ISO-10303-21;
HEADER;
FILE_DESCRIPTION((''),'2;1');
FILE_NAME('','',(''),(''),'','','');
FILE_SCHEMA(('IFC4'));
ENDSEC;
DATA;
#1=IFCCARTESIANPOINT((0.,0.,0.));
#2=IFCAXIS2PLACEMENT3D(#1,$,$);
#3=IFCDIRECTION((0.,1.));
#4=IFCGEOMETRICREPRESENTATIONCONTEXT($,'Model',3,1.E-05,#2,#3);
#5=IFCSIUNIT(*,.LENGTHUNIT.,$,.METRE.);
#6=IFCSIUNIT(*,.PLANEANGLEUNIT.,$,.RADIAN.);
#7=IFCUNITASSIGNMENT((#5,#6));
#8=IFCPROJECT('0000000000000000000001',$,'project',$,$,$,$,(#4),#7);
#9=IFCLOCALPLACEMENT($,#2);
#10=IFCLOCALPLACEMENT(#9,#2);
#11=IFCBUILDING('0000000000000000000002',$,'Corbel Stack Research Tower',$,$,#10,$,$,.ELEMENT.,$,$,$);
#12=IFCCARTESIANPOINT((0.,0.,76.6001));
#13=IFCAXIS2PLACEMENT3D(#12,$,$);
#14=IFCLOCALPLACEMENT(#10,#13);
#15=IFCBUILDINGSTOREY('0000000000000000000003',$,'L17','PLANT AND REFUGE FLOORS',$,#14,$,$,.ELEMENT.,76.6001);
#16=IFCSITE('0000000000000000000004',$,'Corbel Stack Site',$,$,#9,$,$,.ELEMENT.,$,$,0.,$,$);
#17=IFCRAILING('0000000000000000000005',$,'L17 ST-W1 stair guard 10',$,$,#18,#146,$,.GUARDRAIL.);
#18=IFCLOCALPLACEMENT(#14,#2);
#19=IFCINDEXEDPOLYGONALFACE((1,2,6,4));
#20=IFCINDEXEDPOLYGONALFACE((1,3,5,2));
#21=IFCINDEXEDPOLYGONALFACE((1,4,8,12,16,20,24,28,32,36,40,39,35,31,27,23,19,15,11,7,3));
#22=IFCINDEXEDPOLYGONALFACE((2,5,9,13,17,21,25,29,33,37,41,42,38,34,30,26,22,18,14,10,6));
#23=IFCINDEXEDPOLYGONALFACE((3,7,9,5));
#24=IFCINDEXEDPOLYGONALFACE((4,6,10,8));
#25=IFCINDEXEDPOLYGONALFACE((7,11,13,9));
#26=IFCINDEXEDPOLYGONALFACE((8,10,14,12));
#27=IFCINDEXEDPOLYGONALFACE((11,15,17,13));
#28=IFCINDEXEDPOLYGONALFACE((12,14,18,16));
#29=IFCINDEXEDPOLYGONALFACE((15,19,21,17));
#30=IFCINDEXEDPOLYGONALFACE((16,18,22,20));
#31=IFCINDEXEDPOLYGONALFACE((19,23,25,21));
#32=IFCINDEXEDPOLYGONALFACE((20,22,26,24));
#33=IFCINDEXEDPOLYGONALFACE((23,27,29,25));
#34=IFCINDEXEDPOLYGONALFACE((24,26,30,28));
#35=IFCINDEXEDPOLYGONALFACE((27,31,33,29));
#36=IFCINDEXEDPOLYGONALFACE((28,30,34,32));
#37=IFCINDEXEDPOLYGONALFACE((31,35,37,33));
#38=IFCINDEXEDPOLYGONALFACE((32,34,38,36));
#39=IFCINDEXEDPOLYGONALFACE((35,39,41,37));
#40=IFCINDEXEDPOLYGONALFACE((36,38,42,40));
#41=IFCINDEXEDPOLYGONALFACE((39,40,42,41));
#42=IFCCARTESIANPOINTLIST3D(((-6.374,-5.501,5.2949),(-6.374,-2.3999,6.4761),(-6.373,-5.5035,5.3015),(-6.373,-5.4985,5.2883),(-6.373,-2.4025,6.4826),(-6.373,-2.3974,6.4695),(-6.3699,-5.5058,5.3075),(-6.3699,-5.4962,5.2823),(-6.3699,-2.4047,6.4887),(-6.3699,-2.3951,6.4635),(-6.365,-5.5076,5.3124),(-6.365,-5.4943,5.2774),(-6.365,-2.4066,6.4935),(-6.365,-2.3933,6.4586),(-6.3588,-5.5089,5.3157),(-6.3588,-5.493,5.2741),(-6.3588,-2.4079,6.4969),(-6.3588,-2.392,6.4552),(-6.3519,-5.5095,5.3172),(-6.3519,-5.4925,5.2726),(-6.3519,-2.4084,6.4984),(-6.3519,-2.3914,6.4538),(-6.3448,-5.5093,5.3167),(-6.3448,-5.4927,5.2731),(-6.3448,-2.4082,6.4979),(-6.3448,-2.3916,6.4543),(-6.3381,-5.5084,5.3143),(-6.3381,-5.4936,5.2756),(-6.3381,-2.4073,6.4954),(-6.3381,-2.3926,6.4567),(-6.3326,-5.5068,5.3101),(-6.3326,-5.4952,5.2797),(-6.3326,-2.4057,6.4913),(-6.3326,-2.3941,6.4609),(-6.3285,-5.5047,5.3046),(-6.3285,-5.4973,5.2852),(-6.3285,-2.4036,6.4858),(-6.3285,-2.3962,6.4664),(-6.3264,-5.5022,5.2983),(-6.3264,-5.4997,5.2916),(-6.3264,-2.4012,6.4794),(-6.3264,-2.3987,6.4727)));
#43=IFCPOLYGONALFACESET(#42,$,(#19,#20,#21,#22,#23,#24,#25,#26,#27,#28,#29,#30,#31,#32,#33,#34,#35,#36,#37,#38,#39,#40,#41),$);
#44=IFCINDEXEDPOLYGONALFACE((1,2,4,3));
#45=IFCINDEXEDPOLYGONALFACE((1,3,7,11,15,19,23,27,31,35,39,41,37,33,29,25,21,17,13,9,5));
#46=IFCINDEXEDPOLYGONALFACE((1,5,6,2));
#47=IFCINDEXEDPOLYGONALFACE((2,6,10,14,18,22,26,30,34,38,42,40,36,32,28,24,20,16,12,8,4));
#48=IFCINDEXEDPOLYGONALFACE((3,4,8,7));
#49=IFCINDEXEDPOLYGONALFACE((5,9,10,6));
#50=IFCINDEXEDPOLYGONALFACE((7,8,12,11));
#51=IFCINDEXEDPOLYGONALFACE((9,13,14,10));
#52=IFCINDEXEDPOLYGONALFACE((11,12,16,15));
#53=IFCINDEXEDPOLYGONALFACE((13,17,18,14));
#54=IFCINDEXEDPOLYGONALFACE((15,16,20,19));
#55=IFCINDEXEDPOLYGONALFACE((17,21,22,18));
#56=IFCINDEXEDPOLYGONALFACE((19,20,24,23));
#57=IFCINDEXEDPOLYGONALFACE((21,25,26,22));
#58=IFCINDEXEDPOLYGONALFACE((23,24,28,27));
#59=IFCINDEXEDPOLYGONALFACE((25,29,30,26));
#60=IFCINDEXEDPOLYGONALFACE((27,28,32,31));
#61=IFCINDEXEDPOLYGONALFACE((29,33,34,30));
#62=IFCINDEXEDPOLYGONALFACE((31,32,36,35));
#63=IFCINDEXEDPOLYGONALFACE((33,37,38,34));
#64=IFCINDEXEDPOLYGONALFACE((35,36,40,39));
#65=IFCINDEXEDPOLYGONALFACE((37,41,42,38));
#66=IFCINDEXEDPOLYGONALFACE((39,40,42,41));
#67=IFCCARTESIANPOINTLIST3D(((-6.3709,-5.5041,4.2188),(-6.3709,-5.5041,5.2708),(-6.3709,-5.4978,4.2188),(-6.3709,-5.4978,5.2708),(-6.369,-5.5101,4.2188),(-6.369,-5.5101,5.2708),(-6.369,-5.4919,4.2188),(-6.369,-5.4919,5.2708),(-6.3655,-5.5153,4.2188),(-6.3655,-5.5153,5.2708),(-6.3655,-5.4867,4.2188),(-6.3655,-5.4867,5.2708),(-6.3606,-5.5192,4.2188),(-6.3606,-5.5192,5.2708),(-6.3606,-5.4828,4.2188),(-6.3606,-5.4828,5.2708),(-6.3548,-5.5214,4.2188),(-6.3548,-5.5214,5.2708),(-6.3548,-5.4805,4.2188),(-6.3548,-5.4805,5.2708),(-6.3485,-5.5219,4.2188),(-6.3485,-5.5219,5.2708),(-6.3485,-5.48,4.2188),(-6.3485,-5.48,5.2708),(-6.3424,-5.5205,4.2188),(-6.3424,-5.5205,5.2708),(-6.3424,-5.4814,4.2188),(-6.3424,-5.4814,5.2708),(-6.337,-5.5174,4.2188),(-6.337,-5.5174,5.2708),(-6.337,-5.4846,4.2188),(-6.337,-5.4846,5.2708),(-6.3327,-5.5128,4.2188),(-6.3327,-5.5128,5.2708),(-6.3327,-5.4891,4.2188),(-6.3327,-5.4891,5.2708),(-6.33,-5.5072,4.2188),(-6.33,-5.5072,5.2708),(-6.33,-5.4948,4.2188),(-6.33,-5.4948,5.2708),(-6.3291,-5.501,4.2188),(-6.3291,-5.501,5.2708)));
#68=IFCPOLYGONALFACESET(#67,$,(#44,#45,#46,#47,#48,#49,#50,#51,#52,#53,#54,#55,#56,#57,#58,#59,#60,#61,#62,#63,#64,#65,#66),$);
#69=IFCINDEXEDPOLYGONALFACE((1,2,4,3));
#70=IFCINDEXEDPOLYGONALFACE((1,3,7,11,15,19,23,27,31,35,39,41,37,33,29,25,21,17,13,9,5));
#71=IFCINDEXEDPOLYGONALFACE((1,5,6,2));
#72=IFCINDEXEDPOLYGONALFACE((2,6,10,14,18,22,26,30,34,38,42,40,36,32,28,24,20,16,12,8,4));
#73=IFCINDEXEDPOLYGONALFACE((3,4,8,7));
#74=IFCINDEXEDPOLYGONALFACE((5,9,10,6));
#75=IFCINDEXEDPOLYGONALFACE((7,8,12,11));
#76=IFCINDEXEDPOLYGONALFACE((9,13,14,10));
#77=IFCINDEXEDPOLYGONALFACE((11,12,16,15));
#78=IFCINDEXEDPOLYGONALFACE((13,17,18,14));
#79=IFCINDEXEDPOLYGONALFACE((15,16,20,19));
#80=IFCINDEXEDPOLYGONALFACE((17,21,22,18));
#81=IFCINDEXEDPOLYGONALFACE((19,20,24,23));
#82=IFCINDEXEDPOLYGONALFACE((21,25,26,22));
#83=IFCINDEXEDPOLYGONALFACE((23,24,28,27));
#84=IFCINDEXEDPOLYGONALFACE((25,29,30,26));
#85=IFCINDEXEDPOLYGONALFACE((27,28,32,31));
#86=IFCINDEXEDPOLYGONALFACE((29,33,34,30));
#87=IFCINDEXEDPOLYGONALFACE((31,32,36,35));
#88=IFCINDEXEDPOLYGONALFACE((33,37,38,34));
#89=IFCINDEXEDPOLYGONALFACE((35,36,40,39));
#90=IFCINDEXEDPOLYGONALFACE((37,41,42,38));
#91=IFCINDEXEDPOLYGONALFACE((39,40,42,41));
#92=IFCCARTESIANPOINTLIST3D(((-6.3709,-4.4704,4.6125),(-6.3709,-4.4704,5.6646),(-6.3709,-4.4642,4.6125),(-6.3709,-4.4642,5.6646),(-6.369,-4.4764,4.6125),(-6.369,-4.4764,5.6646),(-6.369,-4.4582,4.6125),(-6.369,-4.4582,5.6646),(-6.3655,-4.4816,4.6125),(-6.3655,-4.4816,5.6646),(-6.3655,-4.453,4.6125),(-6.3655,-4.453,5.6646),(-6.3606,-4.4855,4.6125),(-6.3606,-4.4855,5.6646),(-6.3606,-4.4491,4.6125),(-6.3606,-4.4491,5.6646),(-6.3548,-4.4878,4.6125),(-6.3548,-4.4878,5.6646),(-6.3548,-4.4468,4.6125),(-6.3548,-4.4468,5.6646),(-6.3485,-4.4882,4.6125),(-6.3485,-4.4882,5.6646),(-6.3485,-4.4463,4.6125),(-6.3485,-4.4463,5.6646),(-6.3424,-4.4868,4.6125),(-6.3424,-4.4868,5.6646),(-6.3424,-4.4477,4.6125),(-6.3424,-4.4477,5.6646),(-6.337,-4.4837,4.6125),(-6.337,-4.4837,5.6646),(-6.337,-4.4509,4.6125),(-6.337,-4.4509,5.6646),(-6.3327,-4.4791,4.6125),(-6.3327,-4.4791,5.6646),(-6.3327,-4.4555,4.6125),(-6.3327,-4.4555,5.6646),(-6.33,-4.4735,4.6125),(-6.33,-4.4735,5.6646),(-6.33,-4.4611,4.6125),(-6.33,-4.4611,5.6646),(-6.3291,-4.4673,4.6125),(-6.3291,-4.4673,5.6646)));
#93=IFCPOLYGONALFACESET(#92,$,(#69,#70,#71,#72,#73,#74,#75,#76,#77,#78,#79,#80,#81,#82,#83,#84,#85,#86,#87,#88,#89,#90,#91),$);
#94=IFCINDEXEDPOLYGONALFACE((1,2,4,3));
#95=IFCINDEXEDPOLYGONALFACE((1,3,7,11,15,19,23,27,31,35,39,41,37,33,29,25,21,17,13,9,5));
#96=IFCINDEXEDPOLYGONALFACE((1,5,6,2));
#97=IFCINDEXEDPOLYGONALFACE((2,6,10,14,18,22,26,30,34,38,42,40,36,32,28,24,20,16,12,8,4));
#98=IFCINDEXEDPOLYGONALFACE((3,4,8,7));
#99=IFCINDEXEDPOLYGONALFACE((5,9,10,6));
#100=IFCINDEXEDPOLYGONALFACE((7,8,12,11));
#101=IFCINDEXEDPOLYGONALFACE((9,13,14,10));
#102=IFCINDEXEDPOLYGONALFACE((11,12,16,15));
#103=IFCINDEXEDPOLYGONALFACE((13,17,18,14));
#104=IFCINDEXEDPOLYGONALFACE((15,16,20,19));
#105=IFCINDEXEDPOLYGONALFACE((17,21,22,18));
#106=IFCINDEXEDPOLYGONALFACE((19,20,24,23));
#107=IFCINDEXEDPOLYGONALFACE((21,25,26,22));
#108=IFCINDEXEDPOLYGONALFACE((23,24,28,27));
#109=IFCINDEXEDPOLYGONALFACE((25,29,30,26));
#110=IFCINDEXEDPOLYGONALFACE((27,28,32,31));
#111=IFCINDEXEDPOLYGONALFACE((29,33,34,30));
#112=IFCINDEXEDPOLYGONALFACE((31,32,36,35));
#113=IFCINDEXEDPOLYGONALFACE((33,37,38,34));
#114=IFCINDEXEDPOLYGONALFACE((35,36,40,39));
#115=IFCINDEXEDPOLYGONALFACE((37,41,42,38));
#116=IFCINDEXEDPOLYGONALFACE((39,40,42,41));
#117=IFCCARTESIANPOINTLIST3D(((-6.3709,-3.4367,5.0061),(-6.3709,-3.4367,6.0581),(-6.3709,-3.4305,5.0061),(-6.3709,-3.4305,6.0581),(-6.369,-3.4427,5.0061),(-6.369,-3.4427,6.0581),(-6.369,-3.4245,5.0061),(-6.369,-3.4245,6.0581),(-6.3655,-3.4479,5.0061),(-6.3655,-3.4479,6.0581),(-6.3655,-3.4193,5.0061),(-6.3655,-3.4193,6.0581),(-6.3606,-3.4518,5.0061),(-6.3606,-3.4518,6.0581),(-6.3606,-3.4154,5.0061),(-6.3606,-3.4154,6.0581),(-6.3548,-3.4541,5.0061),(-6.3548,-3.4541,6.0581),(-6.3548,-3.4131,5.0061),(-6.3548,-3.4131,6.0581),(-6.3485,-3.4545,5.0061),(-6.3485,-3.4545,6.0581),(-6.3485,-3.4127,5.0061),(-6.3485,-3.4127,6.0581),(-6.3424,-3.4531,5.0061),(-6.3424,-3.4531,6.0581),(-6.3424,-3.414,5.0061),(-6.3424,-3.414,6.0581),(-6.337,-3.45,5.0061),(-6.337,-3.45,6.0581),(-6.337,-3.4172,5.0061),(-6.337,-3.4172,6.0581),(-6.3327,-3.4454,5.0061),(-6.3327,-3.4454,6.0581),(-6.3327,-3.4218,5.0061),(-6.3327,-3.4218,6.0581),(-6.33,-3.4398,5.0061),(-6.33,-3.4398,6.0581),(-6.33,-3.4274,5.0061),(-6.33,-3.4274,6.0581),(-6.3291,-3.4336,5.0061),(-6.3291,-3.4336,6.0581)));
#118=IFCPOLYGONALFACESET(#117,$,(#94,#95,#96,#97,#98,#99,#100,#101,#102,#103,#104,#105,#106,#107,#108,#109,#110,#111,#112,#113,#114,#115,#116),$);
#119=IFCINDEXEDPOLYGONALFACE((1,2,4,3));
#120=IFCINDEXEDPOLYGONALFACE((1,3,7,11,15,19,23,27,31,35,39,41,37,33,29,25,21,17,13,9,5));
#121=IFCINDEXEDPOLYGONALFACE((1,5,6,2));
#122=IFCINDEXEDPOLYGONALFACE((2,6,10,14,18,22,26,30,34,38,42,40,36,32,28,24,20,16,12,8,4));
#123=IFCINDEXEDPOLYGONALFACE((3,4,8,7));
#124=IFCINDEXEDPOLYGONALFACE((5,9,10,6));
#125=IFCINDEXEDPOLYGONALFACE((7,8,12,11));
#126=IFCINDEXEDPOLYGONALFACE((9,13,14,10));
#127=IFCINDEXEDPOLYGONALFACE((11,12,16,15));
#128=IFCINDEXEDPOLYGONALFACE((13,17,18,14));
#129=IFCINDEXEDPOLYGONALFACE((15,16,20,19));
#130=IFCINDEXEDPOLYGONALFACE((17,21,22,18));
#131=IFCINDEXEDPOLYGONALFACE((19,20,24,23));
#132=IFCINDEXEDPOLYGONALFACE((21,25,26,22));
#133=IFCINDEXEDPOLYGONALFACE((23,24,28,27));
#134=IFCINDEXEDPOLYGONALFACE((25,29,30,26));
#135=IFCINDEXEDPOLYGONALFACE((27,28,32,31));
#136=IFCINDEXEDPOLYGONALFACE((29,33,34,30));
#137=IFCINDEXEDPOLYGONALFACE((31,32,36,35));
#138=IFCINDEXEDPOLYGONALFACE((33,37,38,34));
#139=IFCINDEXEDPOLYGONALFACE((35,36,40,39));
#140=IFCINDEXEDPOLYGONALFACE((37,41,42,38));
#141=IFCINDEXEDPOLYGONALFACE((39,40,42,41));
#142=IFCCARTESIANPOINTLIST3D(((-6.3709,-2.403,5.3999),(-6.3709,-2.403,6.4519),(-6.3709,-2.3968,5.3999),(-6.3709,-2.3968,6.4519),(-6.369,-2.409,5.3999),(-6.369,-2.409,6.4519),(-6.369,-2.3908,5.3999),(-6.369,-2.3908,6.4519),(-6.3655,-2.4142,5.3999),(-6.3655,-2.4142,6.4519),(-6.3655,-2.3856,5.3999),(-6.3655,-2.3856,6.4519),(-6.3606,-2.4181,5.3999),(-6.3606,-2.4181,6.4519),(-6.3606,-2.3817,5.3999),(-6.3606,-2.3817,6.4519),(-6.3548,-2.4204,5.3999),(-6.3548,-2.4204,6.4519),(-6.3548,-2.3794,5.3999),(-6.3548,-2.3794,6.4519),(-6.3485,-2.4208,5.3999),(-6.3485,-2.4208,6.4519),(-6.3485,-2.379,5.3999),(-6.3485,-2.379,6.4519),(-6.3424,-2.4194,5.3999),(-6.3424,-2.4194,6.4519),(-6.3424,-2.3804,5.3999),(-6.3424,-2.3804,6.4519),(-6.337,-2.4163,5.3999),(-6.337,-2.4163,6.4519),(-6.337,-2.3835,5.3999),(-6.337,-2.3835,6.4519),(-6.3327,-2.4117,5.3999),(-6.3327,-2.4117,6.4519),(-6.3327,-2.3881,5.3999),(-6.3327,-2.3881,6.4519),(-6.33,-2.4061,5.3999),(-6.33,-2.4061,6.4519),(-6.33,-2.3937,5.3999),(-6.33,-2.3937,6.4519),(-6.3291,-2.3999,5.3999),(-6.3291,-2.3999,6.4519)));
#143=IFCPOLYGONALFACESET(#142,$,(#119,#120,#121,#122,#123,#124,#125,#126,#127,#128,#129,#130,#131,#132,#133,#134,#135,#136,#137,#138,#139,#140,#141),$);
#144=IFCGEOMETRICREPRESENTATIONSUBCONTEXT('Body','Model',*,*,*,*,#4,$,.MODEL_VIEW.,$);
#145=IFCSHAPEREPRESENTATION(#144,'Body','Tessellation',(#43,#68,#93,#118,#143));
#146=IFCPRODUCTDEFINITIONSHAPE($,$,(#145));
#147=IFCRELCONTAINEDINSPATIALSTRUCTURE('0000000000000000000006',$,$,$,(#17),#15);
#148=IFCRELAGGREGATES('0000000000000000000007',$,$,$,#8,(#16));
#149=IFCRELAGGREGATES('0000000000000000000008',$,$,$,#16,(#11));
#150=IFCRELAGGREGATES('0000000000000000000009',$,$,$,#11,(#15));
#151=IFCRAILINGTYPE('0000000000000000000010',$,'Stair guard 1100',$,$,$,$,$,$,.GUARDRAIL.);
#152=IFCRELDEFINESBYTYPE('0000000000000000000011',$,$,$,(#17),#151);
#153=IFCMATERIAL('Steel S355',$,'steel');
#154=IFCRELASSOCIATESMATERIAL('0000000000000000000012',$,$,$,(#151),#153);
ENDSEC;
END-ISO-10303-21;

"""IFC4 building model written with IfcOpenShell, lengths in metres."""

from ifc_helpers import new_model, si_unit, direction, frame, origin, origin_2d, place, context, subcontext, project, spatial, circle, extrude, material, type_object, element, save


model = new_model("IFC4")

# Units and contexts
model_context = context("Model", 3, precision=1e-05, world=origin(), true_north=direction((0.0, 1.0)))
body_context = subcontext(model_context, "Body", "Model", "MODEL_VIEW")
ifc_project = project(units=[si_unit("LENGTHUNIT", "METRE"), si_unit("PLANEANGLEUNIT", "RADIAN")], contexts=[model_context])

# Site, building, storey
site_placement = place(None, origin())
site = spatial("IfcSite", under=ifc_project, at=site_placement, Name="Corbel Stack Site", CompositionType="ELEMENT", RefElevation=0.0)
building_placement = place(site_placement, origin())
building = spatial("IfcBuilding", under=site, at=building_placement, Name="Corbel Stack Research Tower", CompositionType="ELEMENT")
storey_placement = place(building_placement, frame((0.0, 0.0, 76.6001)))
storey = spatial("IfcBuildingStorey", under=building, at=storey_placement, Name="L17", Description="PLANT AND REFUGE FLOORS", CompositionType="ELEMENT", Elevation=76.6001)

# Railing
ifc_material_1 = material(Name="Steel S355", Category="steel")
railing_type_1 = type_object("IfcRailingType", Name="Stair guard 1100", PredefinedType="GUARDRAIL", material=ifc_material_1)
railing_1_placement = place(storey_placement, frame((-6.3501, -5.501, 4.2188)))
element("IfcRailing", 1, at=railing_1_placement, inside=storey, type_object=railing_type_1, Name="L17 ST-W1 stair guard 10", PredefinedType="GUARDRAIL", context=body_context, shape_type="SweptSolid", body=[
    extrude(circle(Radius=0.0239, at=origin_2d()), frame((0.0, 0.0, 1.0762), z_axis=(0.0, 0.934509, 0.35594), x_axis=(-1.0, 0.0, 0.0)), (0.0, 0.0, 1.0), 3.3184),
    extrude(circle(Radius=0.021, at=origin_2d()), origin(), (0.0, 0.0, 1.0), 1.052),
    extrude(circle(Radius=0.021, at=origin_2d()), frame((0.0, 1.0337, 0.3938)), (0.0, 0.0, 1.0), 1.052),
    extrude(circle(Radius=0.021, at=origin_2d()), frame((0.0, 2.0674, 0.7874)), (0.0, 0.0, 1.0), 1.052),
    extrude(circle(Radius=0.021, at=origin_2d()), frame((0.0, 3.1011, 1.1812)), (0.0, 0.0, 1.0), 1.052),
])

save(model, "model.ifc")
